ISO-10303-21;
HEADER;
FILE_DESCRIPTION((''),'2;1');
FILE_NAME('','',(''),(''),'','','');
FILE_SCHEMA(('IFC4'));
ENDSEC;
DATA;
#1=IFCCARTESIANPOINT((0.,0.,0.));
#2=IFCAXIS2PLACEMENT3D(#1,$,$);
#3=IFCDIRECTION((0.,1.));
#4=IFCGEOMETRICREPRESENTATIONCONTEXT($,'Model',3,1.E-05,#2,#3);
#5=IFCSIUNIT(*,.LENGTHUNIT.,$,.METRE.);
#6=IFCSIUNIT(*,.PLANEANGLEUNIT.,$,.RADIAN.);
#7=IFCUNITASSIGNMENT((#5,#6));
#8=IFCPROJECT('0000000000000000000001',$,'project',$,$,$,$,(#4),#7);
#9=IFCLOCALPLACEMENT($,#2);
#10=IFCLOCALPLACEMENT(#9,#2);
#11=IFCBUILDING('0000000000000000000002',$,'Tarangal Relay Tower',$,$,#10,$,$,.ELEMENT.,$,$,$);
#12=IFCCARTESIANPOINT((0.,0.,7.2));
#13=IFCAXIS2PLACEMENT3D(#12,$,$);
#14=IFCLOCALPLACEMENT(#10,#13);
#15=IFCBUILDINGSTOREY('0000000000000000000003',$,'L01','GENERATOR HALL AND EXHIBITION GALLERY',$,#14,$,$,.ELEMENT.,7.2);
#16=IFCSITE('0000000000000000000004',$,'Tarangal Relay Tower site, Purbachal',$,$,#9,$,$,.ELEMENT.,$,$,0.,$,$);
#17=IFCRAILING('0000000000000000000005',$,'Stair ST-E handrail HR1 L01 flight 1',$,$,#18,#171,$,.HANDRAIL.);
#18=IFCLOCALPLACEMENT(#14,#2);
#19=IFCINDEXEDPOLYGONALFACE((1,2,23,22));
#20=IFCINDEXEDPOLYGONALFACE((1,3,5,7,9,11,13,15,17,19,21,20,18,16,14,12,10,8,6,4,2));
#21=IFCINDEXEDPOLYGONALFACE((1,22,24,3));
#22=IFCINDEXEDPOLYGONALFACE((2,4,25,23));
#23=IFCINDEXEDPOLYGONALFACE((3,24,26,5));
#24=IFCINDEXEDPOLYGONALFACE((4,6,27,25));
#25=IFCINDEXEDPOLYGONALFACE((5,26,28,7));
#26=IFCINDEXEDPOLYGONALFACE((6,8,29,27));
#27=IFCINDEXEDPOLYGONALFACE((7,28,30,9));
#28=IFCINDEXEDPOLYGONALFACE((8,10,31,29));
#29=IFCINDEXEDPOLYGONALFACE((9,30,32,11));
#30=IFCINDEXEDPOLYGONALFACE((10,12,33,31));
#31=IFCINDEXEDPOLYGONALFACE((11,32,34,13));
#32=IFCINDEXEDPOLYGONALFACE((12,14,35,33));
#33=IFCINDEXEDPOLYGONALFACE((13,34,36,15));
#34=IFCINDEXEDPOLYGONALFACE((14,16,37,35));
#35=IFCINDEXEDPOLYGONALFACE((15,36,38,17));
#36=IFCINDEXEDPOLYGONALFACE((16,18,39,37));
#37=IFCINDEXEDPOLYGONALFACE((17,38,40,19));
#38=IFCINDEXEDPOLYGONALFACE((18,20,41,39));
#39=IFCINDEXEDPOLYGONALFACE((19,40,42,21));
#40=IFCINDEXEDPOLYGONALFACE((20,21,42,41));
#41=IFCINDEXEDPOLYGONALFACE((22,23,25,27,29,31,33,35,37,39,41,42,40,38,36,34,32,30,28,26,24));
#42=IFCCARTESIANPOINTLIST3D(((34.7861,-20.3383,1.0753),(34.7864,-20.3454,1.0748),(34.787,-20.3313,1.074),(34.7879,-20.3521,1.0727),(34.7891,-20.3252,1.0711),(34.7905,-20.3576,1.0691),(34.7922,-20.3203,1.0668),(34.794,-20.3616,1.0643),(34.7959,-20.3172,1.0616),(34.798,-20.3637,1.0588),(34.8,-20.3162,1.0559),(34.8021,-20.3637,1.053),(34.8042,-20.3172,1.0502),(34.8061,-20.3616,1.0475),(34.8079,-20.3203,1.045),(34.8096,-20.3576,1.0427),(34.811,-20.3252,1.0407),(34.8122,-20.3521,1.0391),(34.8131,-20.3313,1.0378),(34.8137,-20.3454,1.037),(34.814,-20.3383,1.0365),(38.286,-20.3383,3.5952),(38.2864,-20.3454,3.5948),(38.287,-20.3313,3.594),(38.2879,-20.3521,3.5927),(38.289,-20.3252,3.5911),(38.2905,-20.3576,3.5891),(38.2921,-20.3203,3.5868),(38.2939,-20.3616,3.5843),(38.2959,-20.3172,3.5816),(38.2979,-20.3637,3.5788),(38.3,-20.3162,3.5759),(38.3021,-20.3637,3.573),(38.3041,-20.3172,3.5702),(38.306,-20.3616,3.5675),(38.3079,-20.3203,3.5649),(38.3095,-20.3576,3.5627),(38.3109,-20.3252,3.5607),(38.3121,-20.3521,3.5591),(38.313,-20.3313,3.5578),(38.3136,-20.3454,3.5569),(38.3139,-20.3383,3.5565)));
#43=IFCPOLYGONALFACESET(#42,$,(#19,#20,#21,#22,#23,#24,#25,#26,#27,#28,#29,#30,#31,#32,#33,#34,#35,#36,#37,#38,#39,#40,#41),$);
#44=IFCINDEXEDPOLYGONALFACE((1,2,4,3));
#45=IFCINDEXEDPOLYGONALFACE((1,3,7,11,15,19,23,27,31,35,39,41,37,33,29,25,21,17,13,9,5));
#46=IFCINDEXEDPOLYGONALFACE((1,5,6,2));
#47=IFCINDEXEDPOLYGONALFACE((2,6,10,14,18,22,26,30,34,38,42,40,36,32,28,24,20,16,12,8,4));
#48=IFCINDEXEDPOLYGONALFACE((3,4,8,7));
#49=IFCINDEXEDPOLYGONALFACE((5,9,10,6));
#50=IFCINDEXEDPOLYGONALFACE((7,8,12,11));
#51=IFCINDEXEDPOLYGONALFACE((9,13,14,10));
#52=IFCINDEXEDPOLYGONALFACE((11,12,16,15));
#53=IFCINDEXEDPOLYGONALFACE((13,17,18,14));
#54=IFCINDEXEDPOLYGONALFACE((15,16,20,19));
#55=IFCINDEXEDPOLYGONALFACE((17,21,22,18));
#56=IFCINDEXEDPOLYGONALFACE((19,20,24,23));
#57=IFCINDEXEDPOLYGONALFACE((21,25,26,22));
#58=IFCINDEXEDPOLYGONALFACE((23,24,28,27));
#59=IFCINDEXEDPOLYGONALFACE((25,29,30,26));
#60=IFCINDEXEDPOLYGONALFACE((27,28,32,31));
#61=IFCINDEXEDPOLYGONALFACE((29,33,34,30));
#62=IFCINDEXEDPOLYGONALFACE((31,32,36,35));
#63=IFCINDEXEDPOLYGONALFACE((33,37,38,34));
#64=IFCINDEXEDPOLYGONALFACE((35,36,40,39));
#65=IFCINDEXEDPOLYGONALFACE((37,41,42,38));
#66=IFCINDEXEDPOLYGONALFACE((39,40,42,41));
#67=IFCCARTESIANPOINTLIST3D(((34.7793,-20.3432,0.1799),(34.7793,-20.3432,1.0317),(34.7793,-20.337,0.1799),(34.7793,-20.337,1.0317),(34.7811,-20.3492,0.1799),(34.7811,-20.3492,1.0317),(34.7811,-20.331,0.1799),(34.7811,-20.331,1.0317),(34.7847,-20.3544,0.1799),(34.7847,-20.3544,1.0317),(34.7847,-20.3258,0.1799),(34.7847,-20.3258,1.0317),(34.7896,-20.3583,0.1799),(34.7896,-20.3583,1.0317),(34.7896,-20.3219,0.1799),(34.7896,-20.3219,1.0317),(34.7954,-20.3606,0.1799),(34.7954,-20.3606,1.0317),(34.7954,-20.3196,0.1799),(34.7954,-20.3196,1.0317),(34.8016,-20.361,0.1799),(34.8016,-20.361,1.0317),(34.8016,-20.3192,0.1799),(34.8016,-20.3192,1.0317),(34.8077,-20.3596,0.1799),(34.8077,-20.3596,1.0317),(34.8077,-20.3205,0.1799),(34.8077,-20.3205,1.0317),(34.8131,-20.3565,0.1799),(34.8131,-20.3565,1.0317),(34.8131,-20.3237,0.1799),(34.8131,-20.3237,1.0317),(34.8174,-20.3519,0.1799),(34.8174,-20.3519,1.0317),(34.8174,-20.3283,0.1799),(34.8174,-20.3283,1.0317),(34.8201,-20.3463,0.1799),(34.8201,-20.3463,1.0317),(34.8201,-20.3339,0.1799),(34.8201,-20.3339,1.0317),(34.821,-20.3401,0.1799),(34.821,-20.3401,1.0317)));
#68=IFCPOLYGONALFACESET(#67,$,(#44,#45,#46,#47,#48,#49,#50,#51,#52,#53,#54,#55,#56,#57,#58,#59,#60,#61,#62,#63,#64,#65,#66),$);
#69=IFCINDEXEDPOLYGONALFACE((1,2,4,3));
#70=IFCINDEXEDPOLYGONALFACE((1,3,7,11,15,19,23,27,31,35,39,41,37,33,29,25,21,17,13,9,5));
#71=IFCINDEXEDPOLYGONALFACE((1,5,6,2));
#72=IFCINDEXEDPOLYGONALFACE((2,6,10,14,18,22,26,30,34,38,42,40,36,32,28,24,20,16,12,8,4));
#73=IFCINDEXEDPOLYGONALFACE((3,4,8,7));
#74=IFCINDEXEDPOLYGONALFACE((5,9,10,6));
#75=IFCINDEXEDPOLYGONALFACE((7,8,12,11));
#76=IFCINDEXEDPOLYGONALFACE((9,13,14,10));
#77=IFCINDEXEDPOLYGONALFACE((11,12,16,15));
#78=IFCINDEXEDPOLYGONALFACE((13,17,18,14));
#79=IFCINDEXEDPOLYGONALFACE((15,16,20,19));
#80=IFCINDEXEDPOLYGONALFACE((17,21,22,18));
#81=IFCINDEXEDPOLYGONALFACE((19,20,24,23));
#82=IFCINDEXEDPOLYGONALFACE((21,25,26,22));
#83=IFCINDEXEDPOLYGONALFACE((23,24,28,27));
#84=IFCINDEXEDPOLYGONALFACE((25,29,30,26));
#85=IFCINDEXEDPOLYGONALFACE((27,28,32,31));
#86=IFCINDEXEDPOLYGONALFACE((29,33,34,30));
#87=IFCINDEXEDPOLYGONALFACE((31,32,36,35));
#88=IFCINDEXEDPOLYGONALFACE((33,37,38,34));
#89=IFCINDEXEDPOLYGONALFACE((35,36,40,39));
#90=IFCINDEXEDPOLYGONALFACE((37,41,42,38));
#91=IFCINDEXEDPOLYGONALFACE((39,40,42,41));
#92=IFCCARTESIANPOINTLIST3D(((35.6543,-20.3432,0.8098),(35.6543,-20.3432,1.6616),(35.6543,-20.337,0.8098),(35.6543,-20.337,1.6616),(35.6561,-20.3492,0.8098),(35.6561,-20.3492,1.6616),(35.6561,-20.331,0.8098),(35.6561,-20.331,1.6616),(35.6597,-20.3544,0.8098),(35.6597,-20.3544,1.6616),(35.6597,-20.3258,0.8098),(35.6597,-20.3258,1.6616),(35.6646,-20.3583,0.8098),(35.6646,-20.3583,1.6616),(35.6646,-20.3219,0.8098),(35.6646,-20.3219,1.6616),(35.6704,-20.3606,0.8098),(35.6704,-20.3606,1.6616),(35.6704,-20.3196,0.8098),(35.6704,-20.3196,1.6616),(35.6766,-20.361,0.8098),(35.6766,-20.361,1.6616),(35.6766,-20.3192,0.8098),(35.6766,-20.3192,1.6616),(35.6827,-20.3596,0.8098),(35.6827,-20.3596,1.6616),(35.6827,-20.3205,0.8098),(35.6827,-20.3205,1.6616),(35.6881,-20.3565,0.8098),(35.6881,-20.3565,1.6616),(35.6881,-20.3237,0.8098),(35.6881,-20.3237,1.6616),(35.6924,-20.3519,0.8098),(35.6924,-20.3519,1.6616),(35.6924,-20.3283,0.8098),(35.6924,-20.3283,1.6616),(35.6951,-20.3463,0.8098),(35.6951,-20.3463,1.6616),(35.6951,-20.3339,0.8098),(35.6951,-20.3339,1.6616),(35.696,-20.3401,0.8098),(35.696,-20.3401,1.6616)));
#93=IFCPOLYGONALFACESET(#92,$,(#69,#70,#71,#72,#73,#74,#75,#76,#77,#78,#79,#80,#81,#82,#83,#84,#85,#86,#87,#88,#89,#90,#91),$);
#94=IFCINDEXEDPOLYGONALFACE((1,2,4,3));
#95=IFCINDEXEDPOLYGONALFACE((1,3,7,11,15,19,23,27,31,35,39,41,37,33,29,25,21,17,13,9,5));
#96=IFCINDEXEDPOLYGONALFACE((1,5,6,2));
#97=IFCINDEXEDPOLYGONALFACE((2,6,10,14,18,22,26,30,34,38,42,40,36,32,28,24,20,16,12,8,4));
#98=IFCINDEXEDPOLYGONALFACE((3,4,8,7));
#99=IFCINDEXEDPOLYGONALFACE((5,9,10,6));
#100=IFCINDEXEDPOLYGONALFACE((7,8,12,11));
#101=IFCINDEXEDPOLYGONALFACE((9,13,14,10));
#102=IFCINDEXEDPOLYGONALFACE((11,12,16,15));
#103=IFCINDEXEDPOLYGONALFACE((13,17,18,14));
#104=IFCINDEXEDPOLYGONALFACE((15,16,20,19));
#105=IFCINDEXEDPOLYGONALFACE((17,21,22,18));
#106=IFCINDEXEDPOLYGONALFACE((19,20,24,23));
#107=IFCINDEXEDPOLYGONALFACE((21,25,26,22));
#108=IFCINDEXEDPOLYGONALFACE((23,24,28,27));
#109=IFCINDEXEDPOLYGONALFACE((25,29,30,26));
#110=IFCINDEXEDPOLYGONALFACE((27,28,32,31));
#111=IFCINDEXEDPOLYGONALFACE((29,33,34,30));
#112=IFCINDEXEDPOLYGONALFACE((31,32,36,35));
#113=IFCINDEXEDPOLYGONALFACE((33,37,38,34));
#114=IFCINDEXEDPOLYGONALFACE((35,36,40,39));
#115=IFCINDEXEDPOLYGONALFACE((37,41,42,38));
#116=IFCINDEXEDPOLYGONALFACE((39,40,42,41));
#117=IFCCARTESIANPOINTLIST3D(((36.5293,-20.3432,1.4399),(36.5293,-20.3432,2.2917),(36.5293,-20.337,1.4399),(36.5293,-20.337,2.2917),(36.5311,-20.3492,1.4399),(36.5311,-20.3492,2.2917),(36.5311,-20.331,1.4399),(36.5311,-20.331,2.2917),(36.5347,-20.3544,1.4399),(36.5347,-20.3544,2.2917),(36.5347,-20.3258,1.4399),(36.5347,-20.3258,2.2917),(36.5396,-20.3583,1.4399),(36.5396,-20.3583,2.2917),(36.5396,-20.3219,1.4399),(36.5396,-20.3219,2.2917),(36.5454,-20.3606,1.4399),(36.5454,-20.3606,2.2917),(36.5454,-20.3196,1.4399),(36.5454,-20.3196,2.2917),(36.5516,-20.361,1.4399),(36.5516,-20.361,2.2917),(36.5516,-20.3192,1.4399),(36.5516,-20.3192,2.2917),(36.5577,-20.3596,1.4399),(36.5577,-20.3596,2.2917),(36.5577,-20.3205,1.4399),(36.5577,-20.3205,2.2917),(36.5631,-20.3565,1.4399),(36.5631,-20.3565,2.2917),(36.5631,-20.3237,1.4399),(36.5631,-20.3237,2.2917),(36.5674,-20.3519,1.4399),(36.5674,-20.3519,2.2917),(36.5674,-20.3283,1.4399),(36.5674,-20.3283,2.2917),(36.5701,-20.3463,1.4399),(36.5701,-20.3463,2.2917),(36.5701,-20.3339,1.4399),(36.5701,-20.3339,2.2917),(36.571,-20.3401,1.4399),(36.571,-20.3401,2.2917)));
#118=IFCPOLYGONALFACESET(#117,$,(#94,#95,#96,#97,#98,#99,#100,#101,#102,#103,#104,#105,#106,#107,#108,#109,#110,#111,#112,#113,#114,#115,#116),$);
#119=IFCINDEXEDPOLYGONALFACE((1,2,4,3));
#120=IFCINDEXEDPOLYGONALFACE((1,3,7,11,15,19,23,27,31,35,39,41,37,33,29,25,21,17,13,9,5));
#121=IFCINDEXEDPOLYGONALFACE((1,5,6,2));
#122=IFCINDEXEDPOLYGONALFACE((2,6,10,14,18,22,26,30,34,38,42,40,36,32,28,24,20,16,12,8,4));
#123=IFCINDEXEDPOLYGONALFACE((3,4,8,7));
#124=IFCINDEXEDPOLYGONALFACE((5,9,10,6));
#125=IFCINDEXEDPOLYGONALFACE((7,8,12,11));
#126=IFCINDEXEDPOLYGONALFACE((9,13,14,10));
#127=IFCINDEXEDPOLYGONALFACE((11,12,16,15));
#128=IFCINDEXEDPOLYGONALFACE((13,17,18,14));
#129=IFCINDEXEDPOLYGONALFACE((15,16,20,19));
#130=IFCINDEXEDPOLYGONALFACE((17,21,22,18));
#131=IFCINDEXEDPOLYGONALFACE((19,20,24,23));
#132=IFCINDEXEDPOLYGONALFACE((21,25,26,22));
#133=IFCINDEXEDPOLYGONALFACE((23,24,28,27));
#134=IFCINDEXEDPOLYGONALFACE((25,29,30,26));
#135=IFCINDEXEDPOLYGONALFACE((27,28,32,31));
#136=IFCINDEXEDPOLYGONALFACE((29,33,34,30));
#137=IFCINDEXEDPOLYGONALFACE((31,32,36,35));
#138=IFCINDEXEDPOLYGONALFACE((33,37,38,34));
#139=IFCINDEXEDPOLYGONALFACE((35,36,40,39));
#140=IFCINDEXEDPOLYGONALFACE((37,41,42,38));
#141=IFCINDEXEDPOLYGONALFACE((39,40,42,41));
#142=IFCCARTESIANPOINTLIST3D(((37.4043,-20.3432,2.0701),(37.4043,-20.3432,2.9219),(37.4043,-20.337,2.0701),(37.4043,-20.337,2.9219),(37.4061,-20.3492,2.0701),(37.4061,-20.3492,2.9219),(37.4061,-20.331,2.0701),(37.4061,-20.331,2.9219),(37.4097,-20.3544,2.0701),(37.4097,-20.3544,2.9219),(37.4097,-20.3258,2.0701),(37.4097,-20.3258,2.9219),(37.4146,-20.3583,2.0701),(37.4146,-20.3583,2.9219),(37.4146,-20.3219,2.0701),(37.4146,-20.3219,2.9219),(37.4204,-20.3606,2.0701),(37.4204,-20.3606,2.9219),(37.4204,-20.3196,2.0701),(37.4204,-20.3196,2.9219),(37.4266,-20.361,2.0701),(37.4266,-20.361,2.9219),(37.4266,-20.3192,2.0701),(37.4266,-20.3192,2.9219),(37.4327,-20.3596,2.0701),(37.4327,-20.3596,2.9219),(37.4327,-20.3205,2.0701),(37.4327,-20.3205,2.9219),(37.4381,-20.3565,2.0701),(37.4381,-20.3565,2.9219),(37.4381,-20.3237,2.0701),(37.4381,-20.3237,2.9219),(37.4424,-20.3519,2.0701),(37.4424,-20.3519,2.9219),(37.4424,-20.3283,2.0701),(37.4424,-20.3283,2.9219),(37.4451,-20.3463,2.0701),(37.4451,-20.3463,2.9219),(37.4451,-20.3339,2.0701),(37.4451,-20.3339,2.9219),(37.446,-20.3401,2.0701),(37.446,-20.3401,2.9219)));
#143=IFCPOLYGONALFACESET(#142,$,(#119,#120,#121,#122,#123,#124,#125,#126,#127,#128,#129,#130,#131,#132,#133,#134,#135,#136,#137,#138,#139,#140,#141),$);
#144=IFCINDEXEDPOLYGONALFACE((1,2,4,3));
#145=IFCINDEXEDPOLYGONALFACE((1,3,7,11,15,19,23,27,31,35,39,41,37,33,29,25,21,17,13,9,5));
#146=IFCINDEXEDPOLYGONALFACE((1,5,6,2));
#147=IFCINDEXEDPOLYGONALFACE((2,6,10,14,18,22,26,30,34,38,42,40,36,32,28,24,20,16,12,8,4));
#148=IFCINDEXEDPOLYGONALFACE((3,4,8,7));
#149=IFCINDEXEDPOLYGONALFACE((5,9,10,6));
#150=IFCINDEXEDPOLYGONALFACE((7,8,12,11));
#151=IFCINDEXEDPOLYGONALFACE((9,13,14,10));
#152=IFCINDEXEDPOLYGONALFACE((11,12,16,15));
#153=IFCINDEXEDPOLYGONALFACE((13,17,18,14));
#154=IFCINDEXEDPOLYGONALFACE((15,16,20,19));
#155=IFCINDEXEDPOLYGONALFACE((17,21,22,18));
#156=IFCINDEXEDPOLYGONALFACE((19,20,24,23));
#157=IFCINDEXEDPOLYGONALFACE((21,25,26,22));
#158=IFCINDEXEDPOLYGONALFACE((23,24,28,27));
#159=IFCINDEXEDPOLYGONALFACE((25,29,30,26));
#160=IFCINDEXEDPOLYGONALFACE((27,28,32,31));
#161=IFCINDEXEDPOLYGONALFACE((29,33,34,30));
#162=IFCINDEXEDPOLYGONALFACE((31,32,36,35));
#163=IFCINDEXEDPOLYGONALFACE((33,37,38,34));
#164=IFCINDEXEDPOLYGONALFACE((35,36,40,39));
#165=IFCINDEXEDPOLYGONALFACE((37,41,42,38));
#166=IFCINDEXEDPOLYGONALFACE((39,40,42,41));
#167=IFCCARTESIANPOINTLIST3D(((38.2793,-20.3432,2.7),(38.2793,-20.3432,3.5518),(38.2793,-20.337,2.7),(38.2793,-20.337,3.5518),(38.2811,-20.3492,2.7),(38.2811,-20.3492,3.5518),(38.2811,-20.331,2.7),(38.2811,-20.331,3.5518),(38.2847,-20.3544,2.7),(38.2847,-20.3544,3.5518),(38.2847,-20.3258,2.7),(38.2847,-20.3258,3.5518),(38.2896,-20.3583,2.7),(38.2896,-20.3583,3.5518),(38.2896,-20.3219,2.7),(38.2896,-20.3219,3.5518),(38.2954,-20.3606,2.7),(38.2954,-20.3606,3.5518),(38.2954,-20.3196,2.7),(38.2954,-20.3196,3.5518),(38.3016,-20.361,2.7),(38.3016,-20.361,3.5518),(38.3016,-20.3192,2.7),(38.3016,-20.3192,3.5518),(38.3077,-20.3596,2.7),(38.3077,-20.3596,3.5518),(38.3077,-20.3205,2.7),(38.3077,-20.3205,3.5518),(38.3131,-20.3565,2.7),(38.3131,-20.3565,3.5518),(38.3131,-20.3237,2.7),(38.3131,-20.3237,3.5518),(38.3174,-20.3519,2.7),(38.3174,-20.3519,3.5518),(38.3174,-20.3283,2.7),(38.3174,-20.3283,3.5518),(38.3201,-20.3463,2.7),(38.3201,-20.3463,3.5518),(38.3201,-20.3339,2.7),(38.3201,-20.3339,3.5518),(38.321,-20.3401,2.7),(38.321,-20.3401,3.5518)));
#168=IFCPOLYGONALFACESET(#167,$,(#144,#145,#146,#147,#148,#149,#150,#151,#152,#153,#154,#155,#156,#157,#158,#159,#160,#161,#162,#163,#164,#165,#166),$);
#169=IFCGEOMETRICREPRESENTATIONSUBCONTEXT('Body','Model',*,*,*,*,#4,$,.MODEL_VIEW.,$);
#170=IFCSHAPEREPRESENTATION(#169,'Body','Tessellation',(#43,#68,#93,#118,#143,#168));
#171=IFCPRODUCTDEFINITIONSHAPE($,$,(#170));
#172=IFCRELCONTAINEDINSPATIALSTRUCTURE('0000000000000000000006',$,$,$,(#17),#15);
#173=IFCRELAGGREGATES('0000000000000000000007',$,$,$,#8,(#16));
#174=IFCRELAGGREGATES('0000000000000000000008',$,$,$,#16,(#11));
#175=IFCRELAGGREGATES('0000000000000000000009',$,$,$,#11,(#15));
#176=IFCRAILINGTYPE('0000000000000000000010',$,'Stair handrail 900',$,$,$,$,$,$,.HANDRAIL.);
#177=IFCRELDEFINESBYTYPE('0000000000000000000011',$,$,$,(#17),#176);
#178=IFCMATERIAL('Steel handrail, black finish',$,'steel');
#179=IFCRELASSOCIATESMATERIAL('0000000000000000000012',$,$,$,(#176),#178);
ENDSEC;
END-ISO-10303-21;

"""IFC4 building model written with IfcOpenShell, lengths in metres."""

from ifc_helpers import new_model, si_unit, direction, frame, origin, origin_2d, place, context, subcontext, project, spatial, circle, extrude, material, type_object, element, save


model = new_model("IFC4")

# Units and contexts
model_context = context("Model", 3, precision=1e-05, world=origin(), true_north=direction((0.0, 1.0)))
body_context = subcontext(model_context, "Body", "Model", "MODEL_VIEW")
ifc_project = project(units=[si_unit("LENGTHUNIT", "METRE"), si_unit("PLANEANGLEUNIT", "RADIAN")], contexts=[model_context])

# Site, building, storey
site_placement = place(None, origin())
site = spatial("IfcSite", under=ifc_project, at=site_placement, Name="Tarangal Relay Tower site, Purbachal", CompositionType="ELEMENT", RefElevation=0.0)
building_placement = place(site_placement, origin())
building = spatial("IfcBuilding", under=site, at=building_placement, Name="Tarangal Relay Tower", CompositionType="ELEMENT")
storey_placement = place(building_placement, frame((0.0, 0.0, 7.2)))
storey = spatial("IfcBuildingStorey", under=building, at=storey_placement, Name="L01", Description="GENERATOR HALL AND EXHIBITION GALLERY", CompositionType="ELEMENT", Elevation=7.2)

# Railing
ifc_material_1 = material(Name="Steel handrail, black finish", Category="steel")
railing_type_1 = type_object("IfcRailingType", Name="Stair handrail 900", PredefinedType="HANDRAIL", material=ifc_material_1)
railing_1_placement = place(storey_placement, frame((34.8, -20.3401, 0.1799)))
element("IfcRailing", 1, at=railing_1_placement, inside=storey, type_object=railing_type_1, Name="Stair ST-E handrail HR1 L01 flight 1", PredefinedType="HANDRAIL", context=body_context, shape_type="SweptSolid", body=[
    extrude(circle(Radius=0.0239, at=origin_2d()), frame((0.0, 0.0, 0.876), z_axis=(0.811532, 0.0, 0.584308), x_axis=(0.0, 1.0, 0.0)), (0.0, 0.0, 1.0), 4.3127),
    extrude(circle(Radius=0.021, at=origin_2d()), origin(), (0.0, 0.0, 1.0), 0.8518),
    extrude(circle(Radius=0.021, at=origin_2d()), frame((0.875, 0.0, 0.6299)), (0.0, 0.0, 1.0), 0.8518),
    extrude(circle(Radius=0.021, at=origin_2d()), frame((1.75, 0.0, 1.26)), (0.0, 0.0, 1.0), 0.8518),
    extrude(circle(Radius=0.021, at=origin_2d()), frame((2.625, 0.0, 1.8901)), (0.0, 0.0, 1.0), 0.8518),
    extrude(circle(Radius=0.021, at=origin_2d()), frame((3.5, 0.0, 2.52)), (0.0, 0.0, 1.0), 0.8518),
])

save(model, "model.ifc")
